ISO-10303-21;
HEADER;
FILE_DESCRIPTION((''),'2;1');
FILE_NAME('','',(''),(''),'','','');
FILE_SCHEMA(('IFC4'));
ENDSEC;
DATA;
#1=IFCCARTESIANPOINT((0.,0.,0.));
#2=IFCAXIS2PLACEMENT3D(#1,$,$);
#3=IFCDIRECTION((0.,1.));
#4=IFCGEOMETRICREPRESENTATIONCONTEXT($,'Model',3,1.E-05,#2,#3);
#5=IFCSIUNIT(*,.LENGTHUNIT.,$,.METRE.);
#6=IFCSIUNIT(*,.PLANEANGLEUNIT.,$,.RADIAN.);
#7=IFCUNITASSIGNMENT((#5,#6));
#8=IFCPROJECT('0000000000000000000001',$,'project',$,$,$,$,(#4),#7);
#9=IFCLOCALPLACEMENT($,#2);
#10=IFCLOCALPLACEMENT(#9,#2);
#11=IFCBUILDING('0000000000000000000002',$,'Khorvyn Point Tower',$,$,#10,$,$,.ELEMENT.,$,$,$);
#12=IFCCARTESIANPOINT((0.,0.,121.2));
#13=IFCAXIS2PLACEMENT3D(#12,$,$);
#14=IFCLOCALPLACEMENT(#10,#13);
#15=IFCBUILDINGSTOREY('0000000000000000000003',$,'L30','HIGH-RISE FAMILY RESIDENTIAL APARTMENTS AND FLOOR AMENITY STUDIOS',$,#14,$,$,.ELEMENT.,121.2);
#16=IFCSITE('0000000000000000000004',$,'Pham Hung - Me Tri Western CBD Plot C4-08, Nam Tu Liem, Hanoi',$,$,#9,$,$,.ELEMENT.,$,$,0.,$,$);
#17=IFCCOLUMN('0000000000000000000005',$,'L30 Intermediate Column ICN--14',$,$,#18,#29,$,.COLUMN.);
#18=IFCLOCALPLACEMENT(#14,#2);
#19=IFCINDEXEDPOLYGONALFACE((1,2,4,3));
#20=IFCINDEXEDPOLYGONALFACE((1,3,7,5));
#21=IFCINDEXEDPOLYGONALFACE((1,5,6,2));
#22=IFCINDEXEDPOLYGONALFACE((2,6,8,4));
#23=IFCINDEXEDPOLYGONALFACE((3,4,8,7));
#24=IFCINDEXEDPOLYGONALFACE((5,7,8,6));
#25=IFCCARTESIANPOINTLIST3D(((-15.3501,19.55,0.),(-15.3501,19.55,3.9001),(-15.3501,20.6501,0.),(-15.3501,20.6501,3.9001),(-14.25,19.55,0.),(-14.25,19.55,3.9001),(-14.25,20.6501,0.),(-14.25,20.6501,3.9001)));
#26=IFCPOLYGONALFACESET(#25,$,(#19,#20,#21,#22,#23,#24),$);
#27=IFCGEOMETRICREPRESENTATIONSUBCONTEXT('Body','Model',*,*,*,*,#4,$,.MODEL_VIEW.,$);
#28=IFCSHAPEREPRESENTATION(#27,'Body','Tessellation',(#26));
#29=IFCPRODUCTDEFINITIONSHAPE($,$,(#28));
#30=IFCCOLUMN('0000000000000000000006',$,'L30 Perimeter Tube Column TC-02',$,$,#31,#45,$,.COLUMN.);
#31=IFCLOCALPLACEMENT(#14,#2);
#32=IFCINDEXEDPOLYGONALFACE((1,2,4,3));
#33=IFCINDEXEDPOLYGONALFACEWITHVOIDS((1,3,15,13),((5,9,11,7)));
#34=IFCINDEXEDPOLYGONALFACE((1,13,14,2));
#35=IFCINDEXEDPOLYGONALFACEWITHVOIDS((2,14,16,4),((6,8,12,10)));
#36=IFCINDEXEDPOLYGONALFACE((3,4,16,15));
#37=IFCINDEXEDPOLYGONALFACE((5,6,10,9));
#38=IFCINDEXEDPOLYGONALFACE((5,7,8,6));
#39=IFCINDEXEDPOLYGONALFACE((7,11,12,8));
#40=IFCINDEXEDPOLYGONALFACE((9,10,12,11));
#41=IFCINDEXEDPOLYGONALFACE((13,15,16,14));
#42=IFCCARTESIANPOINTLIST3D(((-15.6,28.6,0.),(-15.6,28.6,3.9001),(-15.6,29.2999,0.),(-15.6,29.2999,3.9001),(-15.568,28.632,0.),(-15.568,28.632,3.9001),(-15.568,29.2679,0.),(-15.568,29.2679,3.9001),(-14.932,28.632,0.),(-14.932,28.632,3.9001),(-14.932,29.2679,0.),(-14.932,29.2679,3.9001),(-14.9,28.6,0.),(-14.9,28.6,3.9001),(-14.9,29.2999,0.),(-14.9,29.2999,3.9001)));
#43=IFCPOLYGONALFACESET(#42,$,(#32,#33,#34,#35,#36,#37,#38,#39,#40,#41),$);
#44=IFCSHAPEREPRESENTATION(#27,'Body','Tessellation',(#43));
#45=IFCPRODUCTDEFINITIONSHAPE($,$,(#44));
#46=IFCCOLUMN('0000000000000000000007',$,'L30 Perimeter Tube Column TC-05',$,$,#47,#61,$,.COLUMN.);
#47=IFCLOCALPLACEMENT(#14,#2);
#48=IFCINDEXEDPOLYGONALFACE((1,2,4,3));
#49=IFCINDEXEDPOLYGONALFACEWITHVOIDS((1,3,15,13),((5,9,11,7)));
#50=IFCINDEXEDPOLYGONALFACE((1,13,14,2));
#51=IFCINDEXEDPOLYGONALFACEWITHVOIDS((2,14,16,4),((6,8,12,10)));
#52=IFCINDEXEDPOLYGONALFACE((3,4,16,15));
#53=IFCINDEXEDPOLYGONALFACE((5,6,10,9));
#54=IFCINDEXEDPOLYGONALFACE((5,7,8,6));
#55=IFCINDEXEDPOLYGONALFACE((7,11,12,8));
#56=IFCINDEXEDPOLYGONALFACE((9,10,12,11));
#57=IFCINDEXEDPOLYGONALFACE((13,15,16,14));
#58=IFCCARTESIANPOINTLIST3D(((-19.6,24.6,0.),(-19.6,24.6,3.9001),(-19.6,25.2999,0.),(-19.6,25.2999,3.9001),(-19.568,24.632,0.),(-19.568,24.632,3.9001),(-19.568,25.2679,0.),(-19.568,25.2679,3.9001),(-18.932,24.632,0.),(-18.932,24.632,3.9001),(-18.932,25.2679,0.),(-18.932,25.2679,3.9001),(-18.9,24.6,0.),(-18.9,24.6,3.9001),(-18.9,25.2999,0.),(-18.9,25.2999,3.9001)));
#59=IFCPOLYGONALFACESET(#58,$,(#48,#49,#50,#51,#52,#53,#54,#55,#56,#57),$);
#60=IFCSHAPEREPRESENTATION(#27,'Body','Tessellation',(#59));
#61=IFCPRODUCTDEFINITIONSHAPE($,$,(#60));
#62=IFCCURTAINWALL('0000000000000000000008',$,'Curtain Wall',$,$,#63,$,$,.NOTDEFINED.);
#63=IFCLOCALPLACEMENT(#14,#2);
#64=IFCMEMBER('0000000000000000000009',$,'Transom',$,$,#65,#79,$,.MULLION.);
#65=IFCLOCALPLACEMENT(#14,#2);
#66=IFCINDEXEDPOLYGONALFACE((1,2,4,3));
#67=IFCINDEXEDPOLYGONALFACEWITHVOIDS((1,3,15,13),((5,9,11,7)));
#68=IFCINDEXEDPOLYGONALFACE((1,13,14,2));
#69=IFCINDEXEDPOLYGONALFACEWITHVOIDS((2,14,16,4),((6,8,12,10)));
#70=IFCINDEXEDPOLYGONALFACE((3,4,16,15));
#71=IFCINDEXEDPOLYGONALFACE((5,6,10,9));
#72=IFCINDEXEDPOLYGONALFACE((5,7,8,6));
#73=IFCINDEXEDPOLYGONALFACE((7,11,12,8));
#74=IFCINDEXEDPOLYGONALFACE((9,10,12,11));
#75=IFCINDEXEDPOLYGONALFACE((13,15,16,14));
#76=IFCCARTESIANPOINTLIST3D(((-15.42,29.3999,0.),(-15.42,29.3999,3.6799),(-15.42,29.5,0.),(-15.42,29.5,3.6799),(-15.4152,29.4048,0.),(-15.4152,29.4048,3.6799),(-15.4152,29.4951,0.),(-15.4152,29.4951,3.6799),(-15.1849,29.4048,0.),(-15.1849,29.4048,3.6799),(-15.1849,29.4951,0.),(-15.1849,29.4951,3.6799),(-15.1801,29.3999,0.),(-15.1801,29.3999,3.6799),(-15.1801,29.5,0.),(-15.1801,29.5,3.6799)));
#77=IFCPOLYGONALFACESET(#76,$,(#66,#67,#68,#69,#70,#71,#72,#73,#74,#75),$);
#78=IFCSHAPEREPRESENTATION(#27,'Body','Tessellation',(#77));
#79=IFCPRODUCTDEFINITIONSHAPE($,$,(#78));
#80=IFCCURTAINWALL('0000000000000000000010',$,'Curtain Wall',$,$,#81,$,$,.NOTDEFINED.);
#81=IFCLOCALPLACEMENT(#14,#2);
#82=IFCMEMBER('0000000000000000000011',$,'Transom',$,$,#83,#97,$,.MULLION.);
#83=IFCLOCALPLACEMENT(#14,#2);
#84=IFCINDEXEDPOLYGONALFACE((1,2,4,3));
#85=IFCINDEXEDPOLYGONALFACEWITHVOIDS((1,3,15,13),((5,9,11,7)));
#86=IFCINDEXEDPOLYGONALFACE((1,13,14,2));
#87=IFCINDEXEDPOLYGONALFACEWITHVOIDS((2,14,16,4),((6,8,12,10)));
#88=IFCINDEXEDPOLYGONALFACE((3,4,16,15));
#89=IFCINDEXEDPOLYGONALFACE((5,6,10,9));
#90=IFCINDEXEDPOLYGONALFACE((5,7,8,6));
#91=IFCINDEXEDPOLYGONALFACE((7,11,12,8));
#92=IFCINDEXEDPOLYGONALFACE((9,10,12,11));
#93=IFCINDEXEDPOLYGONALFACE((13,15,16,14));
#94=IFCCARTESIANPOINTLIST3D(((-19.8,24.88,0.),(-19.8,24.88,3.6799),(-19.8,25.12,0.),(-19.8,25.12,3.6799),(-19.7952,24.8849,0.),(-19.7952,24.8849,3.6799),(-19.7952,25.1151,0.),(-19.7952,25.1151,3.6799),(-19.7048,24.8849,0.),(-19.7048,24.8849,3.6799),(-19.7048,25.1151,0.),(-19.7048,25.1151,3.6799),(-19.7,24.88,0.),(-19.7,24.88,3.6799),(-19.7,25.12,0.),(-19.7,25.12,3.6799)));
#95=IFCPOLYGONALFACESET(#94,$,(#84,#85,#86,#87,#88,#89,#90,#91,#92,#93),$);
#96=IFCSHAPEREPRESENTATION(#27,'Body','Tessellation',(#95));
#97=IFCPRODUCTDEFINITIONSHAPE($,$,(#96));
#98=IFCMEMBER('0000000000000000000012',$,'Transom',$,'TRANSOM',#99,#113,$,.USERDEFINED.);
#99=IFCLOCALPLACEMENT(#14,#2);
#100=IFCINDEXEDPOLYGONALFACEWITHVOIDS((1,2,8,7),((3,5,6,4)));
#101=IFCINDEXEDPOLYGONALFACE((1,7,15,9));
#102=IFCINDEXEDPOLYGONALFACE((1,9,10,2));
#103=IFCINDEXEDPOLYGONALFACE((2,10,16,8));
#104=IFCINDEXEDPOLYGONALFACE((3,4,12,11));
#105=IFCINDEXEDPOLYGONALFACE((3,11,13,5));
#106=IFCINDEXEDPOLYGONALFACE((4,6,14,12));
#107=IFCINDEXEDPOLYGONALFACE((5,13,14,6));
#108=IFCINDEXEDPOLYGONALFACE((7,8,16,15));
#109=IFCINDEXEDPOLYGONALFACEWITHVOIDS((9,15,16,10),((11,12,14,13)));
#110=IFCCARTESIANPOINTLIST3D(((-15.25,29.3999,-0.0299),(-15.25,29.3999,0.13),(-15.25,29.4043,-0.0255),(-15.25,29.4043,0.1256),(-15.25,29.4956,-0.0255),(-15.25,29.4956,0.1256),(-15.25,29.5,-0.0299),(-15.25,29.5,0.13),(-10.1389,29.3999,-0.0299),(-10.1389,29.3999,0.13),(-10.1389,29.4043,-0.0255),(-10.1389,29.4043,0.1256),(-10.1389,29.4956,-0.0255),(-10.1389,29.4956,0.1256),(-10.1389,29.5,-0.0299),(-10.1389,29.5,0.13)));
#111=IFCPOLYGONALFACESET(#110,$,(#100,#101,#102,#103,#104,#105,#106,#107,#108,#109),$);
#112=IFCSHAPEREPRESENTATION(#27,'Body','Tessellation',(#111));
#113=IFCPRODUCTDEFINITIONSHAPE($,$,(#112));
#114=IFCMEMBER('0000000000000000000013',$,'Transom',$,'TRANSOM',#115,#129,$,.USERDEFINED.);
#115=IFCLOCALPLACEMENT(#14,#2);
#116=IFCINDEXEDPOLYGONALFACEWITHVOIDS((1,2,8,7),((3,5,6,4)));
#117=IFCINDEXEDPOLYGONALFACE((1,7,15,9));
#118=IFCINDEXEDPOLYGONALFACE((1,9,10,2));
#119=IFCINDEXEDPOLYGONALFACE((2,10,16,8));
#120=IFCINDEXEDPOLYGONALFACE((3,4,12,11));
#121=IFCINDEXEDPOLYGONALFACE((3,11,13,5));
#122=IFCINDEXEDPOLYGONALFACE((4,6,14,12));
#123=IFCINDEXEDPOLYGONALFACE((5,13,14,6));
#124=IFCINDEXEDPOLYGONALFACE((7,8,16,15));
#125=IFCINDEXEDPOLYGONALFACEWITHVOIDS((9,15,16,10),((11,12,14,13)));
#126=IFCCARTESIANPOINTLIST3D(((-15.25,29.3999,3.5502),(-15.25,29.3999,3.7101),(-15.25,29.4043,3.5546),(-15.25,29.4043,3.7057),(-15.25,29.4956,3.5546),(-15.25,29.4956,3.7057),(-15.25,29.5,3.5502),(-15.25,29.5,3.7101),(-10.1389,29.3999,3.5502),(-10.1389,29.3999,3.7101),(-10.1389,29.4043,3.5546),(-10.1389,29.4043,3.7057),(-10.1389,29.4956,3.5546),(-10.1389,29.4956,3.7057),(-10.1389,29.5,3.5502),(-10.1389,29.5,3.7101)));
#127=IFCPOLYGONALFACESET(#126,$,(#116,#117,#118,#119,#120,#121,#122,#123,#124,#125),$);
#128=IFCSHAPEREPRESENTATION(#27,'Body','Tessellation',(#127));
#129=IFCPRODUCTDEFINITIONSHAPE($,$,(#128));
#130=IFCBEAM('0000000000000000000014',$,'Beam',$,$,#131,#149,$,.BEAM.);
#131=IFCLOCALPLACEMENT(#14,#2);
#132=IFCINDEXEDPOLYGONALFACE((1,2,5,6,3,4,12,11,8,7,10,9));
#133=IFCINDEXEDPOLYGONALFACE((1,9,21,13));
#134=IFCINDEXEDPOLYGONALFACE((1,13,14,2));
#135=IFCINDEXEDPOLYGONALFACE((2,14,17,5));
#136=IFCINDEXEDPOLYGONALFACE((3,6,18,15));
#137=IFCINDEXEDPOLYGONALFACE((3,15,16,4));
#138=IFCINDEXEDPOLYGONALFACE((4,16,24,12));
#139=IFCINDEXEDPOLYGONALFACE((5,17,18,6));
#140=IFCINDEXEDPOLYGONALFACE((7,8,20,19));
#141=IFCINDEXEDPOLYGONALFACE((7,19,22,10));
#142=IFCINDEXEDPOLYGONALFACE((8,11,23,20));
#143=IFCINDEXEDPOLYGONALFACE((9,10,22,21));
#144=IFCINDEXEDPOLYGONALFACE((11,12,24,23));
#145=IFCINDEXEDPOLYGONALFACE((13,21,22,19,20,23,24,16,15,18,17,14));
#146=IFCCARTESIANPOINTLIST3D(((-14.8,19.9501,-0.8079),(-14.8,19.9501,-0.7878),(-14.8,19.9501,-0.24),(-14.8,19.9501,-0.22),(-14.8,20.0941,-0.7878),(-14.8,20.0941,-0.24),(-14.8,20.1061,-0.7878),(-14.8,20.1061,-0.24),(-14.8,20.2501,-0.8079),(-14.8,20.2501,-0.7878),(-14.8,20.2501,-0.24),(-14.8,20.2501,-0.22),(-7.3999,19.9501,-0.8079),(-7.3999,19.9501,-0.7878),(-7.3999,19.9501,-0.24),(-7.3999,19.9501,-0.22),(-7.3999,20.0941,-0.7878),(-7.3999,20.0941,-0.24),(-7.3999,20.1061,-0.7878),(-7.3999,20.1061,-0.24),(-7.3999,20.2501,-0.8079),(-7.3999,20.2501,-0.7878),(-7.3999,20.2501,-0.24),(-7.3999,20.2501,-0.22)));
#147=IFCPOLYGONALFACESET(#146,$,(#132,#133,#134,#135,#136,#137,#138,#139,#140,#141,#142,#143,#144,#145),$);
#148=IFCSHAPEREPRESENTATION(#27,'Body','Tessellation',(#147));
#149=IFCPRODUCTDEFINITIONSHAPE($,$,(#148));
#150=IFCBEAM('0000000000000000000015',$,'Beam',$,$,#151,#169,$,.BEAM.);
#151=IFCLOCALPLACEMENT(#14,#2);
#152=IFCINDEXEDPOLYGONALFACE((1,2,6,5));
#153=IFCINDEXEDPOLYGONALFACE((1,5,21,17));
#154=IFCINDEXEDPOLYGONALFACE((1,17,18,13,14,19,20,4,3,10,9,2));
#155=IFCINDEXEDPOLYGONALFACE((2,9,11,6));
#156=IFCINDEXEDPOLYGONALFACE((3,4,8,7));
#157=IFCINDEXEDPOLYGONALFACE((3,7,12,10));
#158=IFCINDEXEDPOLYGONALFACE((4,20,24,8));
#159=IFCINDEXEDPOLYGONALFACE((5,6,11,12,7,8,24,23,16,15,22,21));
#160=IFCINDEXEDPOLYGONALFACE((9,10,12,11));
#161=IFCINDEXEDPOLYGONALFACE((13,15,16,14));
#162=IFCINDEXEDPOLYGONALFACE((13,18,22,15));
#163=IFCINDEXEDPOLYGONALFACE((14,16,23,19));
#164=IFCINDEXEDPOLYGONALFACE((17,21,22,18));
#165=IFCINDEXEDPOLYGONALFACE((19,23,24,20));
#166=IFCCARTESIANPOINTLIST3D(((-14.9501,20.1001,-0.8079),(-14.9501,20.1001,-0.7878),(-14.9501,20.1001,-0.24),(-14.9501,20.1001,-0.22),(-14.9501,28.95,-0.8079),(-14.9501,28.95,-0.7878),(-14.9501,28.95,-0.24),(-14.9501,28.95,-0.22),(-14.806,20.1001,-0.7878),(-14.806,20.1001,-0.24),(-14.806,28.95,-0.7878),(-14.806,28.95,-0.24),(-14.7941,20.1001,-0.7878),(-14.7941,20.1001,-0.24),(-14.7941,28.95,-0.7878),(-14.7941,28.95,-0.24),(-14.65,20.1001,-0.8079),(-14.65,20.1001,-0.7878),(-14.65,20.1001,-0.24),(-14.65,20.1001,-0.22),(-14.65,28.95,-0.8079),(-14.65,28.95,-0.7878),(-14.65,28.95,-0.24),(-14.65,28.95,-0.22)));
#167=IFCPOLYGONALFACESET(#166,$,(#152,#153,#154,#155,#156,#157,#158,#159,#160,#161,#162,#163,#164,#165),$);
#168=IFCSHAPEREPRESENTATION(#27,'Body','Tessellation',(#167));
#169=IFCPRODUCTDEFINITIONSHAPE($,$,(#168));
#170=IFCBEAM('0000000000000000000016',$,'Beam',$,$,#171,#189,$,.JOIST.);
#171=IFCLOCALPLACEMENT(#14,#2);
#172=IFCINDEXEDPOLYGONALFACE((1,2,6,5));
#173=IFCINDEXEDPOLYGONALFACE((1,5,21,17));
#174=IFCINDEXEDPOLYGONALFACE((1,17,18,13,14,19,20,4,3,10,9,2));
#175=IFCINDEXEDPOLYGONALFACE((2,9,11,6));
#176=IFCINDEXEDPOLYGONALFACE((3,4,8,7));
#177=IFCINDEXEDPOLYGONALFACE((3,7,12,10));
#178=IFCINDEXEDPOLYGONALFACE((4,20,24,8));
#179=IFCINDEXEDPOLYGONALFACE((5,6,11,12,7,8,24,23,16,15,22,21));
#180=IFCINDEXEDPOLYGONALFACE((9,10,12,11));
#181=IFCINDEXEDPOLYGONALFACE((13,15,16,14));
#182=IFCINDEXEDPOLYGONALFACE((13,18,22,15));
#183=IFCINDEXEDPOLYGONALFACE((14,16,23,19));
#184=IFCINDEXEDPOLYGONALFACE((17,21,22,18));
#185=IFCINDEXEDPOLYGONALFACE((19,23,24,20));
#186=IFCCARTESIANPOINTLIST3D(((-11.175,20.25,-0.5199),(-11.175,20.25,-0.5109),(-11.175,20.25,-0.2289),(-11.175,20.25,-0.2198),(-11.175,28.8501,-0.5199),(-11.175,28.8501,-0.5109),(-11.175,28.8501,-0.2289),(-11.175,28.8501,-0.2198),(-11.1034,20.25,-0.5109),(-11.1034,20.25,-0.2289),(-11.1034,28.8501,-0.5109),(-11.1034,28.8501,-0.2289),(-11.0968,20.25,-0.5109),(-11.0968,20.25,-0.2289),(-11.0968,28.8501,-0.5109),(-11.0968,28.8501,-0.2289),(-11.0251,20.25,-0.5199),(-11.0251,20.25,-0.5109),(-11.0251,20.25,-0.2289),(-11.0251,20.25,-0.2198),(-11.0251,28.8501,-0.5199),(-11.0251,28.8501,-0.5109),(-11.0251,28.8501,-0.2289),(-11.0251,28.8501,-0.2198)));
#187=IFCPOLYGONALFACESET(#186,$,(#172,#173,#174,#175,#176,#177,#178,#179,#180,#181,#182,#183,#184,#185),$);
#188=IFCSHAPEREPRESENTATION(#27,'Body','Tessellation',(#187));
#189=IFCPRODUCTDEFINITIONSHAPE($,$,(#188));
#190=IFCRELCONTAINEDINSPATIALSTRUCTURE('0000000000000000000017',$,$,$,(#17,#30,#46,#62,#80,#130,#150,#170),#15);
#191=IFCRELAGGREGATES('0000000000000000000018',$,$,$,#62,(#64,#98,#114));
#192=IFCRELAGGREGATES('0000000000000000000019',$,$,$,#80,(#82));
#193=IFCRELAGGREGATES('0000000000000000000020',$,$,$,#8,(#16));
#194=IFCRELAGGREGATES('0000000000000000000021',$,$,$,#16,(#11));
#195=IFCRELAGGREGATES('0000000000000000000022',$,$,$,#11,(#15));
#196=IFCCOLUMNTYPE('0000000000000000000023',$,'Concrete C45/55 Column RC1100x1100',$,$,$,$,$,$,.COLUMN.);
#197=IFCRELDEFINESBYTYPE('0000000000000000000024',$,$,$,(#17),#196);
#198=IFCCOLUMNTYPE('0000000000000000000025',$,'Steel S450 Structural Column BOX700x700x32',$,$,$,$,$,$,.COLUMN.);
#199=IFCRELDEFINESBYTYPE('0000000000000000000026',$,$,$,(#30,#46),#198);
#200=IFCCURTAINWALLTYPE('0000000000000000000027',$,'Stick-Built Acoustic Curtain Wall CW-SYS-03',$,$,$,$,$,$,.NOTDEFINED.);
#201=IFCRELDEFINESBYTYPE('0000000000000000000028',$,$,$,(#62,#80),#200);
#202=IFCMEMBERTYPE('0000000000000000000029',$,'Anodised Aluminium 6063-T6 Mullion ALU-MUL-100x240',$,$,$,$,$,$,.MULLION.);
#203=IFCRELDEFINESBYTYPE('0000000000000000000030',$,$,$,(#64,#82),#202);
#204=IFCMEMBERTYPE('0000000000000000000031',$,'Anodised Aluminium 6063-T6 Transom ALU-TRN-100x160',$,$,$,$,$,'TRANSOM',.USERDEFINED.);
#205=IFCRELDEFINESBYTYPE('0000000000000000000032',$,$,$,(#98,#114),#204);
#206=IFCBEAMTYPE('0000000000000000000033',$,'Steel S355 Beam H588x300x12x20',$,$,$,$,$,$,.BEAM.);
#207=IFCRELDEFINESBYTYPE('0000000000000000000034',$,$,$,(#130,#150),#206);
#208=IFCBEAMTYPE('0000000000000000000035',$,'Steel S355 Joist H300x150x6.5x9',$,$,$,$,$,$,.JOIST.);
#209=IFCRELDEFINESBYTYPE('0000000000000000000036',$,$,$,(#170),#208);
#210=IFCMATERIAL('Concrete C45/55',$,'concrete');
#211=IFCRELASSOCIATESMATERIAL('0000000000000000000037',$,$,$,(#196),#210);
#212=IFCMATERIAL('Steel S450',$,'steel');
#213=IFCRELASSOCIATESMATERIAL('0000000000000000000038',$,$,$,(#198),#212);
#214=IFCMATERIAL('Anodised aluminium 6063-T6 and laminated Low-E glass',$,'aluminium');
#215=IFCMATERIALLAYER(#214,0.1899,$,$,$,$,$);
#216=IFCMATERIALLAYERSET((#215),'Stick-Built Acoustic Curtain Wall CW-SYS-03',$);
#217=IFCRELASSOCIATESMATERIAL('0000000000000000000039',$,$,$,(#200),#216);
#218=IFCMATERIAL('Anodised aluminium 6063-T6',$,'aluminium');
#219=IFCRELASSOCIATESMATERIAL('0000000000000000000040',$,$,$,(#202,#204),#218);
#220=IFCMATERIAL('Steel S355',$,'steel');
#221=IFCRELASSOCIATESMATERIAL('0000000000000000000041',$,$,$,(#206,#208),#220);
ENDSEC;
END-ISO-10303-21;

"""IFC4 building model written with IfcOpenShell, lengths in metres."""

from ifc_helpers import new_model, si_unit, direction, frame, origin, origin_2d, place, context, subcontext, project, spatial, rectangle, hollow_rectangle, i_section, extrude, material, layer, layer_set, material_profile, profile_set, type_object, element, aggregate, save


model = new_model("IFC4")

# Units and contexts
model_context = context("Model", 3, precision=1e-05, world=origin(), true_north=direction((0.0, 1.0)))
body_context = subcontext(model_context, "Body", "Model", "MODEL_VIEW")
ifc_project = project(units=[si_unit("LENGTHUNIT", "METRE"), si_unit("PLANEANGLEUNIT", "RADIAN")], contexts=[model_context])

# Site, building, storey
site_placement = place(None, origin())
site = spatial("IfcSite", under=ifc_project, at=site_placement, Name="Pham Hung - Me Tri Western CBD Plot C4-08, Nam Tu Liem, Hanoi", CompositionType="ELEMENT", RefElevation=0.0)
building_placement = place(site_placement, origin())
building = spatial("IfcBuilding", under=site, at=building_placement, Name="Khorvyn Point Tower", CompositionType="ELEMENT")
storey_placement = place(building_placement, frame((0.0, 0.0, 121.2)))
storey = spatial("IfcBuildingStorey", under=building, at=storey_placement, Name="L30", Description="HIGH-RISE FAMILY RESIDENTIAL APARTMENTS AND FLOOR AMENITY STUDIOS", CompositionType="ELEMENT", Elevation=121.2)

# Columns
ifc_material_1 = material(Name="Concrete C45/55", Category="concrete")
ifc_material_profile_1 = material_profile(ifc_material_1, rectangle(XDim=1.1001, YDim=1.1001, at=origin_2d()))
ifc_profile_set_1 = profile_set([ifc_material_profile_1], Name="Concrete C45/55 RC1100x1100")
column_type_1 = type_object("IfcColumnType", Name="Concrete C45/55 Column RC1100x1100", PredefinedType="COLUMN", material=ifc_profile_set_1)
column_placement = place(storey_placement, frame((-14.8, 20.1001, 0.0), z_axis=(0.0, 0.0, 1.0), x_axis=(1.0, 0.0, 0.0)))
element("IfcColumn", 1, at=column_placement, inside=storey, type_object=column_type_1, Name="L30 Intermediate Column ICN--14", PredefinedType="COLUMN", context=body_context, shape_type="SweptSolid", body=[
    extrude(rectangle(XDim=1.1001, YDim=1.1001, at=origin_2d()), origin(), (0.0, 0.0, 1.0), 3.9001),
])
ifc_material_2 = material(Name="Steel S450", Category="steel")
ifc_material_profile_2 = material_profile(ifc_material_2, hollow_rectangle(XDim=0.7, YDim=0.7, WallThickness=0.032, at=origin_2d()))
ifc_profile_set_2 = profile_set([ifc_material_profile_2], Name="Steel S450 BOX700x700x32")
column_type_2 = type_object("IfcColumnType", Name="Steel S450 Structural Column BOX700x700x32", PredefinedType="COLUMN", material=ifc_profile_set_2)
for number, where, z_axis, x_axis, name in (
    (2, (-15.25, 28.95, 0.0), (0.0, 0.0, 1.0), (1.0, 0.0, 0.0), "L30 Perimeter Tube Column TC-02"),
    (3, (-19.25, 24.95, 0.0), (0.0, 0.0, 1.0), (1.0, 0.0, 0.0), "L30 Perimeter Tube Column TC-05"),
):
    element("IfcColumn", number, at=place(storey_placement, frame(where, z_axis=z_axis, x_axis=x_axis)), inside=storey, type_object=column_type_2, Name=name, PredefinedType="COLUMN", context=body_context, shape_type="SweptSolid", body=[
        extrude(hollow_rectangle(XDim=0.7, YDim=0.7, WallThickness=0.032, at=origin_2d()), origin(), (0.0, 0.0, 1.0), 3.9001),
    ])

# Curtain walls, members
ifc_material_3 = material(Name="Anodised aluminium 6063-T6 and laminated Low-E glass", Category="aluminium")
ifc_layer_1 = layer(ifc_material_3, 0.1899)
ifc_layer_set_1 = layer_set([ifc_layer_1], Name="Stick-Built Acoustic Curtain Wall CW-SYS-03")
curtain_wall_type = type_object("IfcCurtainWallType", Name="Stick-Built Acoustic Curtain Wall CW-SYS-03", PredefinedType="NOTDEFINED", material=ifc_layer_set_1)
curtain_wall_1_placement = place(storey_placement, origin())
curtain_wall_1 = element("IfcCurtainWall", 4, at=curtain_wall_1_placement, inside=storey, type_object=curtain_wall_type, Name="Curtain Wall", PredefinedType="NOTDEFINED")
ifc_material_4 = material(Name="Anodised aluminium 6063-T6", Category="aluminium")
ifc_material_profile_3 = material_profile(ifc_material_4, hollow_rectangle(XDim=0.1001, YDim=0.24, WallThickness=0.0049, at=origin_2d()))
ifc_profile_set_3 = profile_set([ifc_material_profile_3], Name="Anodised aluminium 6063-T6 ALU-MUL-100x240")
member_type_1 = type_object("IfcMemberType", Name="Anodised Aluminium 6063-T6 Mullion ALU-MUL-100x240", PredefinedType="MULLION", material=ifc_profile_set_3)
member_1_placement = place(storey_placement, frame((-15.3, 29.45, 0.0), z_axis=(0.0, 0.0, 1.0), x_axis=(0.0, 1.0, 0.0)))
member_1 = element("IfcMember", 5, at=member_1_placement, type_object=member_type_1, Name="Transom", PredefinedType="MULLION", context=body_context, shape_type="SweptSolid", body=[
    extrude(hollow_rectangle(XDim=0.1001, YDim=0.24, WallThickness=0.0049, at=origin_2d()), origin(), (0.0, 0.0, 1.0), 3.6799),
])
curtain_wall_2_placement = place(storey_placement, origin())
curtain_wall_2 = element("IfcCurtainWall", 6, at=curtain_wall_2_placement, inside=storey, type_object=curtain_wall_type, Name="Curtain Wall", PredefinedType="NOTDEFINED")
member_2_placement = place(storey_placement, frame((-19.75, 25.0, 0.0), z_axis=(0.0, 0.0, 1.0), x_axis=(-1.0, 0.0, 0.0)))
member_2 = element("IfcMember", 7, at=member_2_placement, type_object=member_type_1, Name="Transom", PredefinedType="MULLION", context=body_context, shape_type="SweptSolid", body=[
    extrude(hollow_rectangle(XDim=0.1001, YDim=0.24, WallThickness=0.0049, at=origin_2d()), origin(), (0.0, 0.0, 1.0), 3.6799),
])

# Members
ifc_material_profile_4 = material_profile(ifc_material_4, hollow_rectangle(XDim=0.1001, YDim=0.1599, WallThickness=0.0044, at=origin_2d()))
ifc_profile_set_4 = profile_set([ifc_material_profile_4], Name="Anodised aluminium 6063-T6 ALU-TRN-100x160")
member_type_2 = type_object("IfcMemberType", Name="Anodised Aluminium 6063-T6 Transom ALU-TRN-100x160", ElementType="TRANSOM", PredefinedType="USERDEFINED", material=ifc_profile_set_4)
member_3_placement = place(storey_placement, frame((-15.25, 29.45, 0.05), z_axis=(1.0, 0.0, 0.0), x_axis=(0.0, 1.0, 0.0)))
member_3 = element("IfcMember", 8, at=member_3_placement, type_object=member_type_2, Name="Transom", ObjectType="TRANSOM", PredefinedType="USERDEFINED", context=body_context, shape_type="SweptSolid", body=[
    extrude(hollow_rectangle(XDim=0.1001, YDim=0.1599, WallThickness=0.0044, at=origin_2d()), origin(), (0.0, 0.0, 1.0), 5.1111),
])
member_4_placement = place(storey_placement, frame((-15.25, 29.45, 3.6301), z_axis=(1.0, 0.0, 0.0), x_axis=(0.0, 1.0, 0.0)))
member_4 = element("IfcMember", 9, at=member_4_placement, type_object=member_type_2, Name="Transom", ObjectType="TRANSOM", PredefinedType="USERDEFINED", context=body_context, shape_type="SweptSolid", body=[
    extrude(hollow_rectangle(XDim=0.1001, YDim=0.1599, WallThickness=0.0044, at=origin_2d()), origin(), (0.0, 0.0, 1.0), 5.1111),
])

# Beams
ifc_material_5 = material(Name="Steel S355", Category="steel")
ifc_material_profile_5 = material_profile(ifc_material_5, i_section(OverallWidth=0.3, OverallDepth=0.5879, WebThickness=0.012, FlangeThickness=0.02, at=origin_2d()))
ifc_profile_set_5 = profile_set([ifc_material_profile_5], Name="Steel S355 H588x300x12x20")
beam_type_1 = type_object("IfcBeamType", Name="Steel S355 Beam H588x300x12x20", PredefinedType="BEAM", material=ifc_profile_set_5)
beam_1_placement = place(storey_placement, frame((-14.8, 20.1001, -0.5139), z_axis=(1.0, 0.0, 0.0), x_axis=(0.0, 1.0, 0.0)))
element("IfcBeam", 10, at=beam_1_placement, inside=storey, type_object=beam_type_1, Name="Beam", PredefinedType="BEAM", context=body_context, shape_type="SweptSolid", body=[
    extrude(i_section(OverallWidth=0.3, OverallDepth=0.5879, WebThickness=0.012, FlangeThickness=0.02, at=origin_2d()), origin(), (0.0, 0.0, 1.0), 7.4001),
])
beam_2_placement = place(storey_placement, frame((-14.8, 20.1001, -0.5139), z_axis=(0.0, 1.0, 0.0), x_axis=(-1.0, 0.0, 0.0)))
element("IfcBeam", 11, at=beam_2_placement, inside=storey, type_object=beam_type_1, Name="Beam", PredefinedType="BEAM", context=body_context, shape_type="SweptSolid", body=[
    extrude(i_section(OverallWidth=0.3, OverallDepth=0.5879, WebThickness=0.012, FlangeThickness=0.02, at=origin_2d()), origin(), (0.0, 0.0, 1.0), 8.8499),
])
ifc_material_profile_6 = material_profile(ifc_material_5, i_section(OverallWidth=0.1499, OverallDepth=0.3, WebThickness=0.0066, FlangeThickness=0.009, at=origin_2d()))
ifc_profile_set_6 = profile_set([ifc_material_profile_6], Name="Steel S355 H300x150x6.5x9")
beam_type_2 = type_object("IfcBeamType", Name="Steel S355 Joist H300x150x6.5x9", PredefinedType="JOIST", material=ifc_profile_set_6)
beam_3_placement = place(storey_placement, frame((-11.1001, 20.25, -0.3699), z_axis=(0.0, 1.0, 0.0), x_axis=(-1.0, 0.0, 0.0)))
element("IfcBeam", 12, at=beam_3_placement, inside=storey, type_object=beam_type_2, Name="Beam", PredefinedType="JOIST", context=body_context, shape_type="SweptSolid", body=[
    extrude(i_section(OverallWidth=0.1499, OverallDepth=0.3, WebThickness=0.0066, FlangeThickness=0.009, at=origin_2d()), origin(), (0.0, 0.0, 1.0), 8.6001),
])

aggregate(curtain_wall_1, [member_1, member_3, member_4])
aggregate(curtain_wall_2, [member_2])

save(model, "model.ifc")
